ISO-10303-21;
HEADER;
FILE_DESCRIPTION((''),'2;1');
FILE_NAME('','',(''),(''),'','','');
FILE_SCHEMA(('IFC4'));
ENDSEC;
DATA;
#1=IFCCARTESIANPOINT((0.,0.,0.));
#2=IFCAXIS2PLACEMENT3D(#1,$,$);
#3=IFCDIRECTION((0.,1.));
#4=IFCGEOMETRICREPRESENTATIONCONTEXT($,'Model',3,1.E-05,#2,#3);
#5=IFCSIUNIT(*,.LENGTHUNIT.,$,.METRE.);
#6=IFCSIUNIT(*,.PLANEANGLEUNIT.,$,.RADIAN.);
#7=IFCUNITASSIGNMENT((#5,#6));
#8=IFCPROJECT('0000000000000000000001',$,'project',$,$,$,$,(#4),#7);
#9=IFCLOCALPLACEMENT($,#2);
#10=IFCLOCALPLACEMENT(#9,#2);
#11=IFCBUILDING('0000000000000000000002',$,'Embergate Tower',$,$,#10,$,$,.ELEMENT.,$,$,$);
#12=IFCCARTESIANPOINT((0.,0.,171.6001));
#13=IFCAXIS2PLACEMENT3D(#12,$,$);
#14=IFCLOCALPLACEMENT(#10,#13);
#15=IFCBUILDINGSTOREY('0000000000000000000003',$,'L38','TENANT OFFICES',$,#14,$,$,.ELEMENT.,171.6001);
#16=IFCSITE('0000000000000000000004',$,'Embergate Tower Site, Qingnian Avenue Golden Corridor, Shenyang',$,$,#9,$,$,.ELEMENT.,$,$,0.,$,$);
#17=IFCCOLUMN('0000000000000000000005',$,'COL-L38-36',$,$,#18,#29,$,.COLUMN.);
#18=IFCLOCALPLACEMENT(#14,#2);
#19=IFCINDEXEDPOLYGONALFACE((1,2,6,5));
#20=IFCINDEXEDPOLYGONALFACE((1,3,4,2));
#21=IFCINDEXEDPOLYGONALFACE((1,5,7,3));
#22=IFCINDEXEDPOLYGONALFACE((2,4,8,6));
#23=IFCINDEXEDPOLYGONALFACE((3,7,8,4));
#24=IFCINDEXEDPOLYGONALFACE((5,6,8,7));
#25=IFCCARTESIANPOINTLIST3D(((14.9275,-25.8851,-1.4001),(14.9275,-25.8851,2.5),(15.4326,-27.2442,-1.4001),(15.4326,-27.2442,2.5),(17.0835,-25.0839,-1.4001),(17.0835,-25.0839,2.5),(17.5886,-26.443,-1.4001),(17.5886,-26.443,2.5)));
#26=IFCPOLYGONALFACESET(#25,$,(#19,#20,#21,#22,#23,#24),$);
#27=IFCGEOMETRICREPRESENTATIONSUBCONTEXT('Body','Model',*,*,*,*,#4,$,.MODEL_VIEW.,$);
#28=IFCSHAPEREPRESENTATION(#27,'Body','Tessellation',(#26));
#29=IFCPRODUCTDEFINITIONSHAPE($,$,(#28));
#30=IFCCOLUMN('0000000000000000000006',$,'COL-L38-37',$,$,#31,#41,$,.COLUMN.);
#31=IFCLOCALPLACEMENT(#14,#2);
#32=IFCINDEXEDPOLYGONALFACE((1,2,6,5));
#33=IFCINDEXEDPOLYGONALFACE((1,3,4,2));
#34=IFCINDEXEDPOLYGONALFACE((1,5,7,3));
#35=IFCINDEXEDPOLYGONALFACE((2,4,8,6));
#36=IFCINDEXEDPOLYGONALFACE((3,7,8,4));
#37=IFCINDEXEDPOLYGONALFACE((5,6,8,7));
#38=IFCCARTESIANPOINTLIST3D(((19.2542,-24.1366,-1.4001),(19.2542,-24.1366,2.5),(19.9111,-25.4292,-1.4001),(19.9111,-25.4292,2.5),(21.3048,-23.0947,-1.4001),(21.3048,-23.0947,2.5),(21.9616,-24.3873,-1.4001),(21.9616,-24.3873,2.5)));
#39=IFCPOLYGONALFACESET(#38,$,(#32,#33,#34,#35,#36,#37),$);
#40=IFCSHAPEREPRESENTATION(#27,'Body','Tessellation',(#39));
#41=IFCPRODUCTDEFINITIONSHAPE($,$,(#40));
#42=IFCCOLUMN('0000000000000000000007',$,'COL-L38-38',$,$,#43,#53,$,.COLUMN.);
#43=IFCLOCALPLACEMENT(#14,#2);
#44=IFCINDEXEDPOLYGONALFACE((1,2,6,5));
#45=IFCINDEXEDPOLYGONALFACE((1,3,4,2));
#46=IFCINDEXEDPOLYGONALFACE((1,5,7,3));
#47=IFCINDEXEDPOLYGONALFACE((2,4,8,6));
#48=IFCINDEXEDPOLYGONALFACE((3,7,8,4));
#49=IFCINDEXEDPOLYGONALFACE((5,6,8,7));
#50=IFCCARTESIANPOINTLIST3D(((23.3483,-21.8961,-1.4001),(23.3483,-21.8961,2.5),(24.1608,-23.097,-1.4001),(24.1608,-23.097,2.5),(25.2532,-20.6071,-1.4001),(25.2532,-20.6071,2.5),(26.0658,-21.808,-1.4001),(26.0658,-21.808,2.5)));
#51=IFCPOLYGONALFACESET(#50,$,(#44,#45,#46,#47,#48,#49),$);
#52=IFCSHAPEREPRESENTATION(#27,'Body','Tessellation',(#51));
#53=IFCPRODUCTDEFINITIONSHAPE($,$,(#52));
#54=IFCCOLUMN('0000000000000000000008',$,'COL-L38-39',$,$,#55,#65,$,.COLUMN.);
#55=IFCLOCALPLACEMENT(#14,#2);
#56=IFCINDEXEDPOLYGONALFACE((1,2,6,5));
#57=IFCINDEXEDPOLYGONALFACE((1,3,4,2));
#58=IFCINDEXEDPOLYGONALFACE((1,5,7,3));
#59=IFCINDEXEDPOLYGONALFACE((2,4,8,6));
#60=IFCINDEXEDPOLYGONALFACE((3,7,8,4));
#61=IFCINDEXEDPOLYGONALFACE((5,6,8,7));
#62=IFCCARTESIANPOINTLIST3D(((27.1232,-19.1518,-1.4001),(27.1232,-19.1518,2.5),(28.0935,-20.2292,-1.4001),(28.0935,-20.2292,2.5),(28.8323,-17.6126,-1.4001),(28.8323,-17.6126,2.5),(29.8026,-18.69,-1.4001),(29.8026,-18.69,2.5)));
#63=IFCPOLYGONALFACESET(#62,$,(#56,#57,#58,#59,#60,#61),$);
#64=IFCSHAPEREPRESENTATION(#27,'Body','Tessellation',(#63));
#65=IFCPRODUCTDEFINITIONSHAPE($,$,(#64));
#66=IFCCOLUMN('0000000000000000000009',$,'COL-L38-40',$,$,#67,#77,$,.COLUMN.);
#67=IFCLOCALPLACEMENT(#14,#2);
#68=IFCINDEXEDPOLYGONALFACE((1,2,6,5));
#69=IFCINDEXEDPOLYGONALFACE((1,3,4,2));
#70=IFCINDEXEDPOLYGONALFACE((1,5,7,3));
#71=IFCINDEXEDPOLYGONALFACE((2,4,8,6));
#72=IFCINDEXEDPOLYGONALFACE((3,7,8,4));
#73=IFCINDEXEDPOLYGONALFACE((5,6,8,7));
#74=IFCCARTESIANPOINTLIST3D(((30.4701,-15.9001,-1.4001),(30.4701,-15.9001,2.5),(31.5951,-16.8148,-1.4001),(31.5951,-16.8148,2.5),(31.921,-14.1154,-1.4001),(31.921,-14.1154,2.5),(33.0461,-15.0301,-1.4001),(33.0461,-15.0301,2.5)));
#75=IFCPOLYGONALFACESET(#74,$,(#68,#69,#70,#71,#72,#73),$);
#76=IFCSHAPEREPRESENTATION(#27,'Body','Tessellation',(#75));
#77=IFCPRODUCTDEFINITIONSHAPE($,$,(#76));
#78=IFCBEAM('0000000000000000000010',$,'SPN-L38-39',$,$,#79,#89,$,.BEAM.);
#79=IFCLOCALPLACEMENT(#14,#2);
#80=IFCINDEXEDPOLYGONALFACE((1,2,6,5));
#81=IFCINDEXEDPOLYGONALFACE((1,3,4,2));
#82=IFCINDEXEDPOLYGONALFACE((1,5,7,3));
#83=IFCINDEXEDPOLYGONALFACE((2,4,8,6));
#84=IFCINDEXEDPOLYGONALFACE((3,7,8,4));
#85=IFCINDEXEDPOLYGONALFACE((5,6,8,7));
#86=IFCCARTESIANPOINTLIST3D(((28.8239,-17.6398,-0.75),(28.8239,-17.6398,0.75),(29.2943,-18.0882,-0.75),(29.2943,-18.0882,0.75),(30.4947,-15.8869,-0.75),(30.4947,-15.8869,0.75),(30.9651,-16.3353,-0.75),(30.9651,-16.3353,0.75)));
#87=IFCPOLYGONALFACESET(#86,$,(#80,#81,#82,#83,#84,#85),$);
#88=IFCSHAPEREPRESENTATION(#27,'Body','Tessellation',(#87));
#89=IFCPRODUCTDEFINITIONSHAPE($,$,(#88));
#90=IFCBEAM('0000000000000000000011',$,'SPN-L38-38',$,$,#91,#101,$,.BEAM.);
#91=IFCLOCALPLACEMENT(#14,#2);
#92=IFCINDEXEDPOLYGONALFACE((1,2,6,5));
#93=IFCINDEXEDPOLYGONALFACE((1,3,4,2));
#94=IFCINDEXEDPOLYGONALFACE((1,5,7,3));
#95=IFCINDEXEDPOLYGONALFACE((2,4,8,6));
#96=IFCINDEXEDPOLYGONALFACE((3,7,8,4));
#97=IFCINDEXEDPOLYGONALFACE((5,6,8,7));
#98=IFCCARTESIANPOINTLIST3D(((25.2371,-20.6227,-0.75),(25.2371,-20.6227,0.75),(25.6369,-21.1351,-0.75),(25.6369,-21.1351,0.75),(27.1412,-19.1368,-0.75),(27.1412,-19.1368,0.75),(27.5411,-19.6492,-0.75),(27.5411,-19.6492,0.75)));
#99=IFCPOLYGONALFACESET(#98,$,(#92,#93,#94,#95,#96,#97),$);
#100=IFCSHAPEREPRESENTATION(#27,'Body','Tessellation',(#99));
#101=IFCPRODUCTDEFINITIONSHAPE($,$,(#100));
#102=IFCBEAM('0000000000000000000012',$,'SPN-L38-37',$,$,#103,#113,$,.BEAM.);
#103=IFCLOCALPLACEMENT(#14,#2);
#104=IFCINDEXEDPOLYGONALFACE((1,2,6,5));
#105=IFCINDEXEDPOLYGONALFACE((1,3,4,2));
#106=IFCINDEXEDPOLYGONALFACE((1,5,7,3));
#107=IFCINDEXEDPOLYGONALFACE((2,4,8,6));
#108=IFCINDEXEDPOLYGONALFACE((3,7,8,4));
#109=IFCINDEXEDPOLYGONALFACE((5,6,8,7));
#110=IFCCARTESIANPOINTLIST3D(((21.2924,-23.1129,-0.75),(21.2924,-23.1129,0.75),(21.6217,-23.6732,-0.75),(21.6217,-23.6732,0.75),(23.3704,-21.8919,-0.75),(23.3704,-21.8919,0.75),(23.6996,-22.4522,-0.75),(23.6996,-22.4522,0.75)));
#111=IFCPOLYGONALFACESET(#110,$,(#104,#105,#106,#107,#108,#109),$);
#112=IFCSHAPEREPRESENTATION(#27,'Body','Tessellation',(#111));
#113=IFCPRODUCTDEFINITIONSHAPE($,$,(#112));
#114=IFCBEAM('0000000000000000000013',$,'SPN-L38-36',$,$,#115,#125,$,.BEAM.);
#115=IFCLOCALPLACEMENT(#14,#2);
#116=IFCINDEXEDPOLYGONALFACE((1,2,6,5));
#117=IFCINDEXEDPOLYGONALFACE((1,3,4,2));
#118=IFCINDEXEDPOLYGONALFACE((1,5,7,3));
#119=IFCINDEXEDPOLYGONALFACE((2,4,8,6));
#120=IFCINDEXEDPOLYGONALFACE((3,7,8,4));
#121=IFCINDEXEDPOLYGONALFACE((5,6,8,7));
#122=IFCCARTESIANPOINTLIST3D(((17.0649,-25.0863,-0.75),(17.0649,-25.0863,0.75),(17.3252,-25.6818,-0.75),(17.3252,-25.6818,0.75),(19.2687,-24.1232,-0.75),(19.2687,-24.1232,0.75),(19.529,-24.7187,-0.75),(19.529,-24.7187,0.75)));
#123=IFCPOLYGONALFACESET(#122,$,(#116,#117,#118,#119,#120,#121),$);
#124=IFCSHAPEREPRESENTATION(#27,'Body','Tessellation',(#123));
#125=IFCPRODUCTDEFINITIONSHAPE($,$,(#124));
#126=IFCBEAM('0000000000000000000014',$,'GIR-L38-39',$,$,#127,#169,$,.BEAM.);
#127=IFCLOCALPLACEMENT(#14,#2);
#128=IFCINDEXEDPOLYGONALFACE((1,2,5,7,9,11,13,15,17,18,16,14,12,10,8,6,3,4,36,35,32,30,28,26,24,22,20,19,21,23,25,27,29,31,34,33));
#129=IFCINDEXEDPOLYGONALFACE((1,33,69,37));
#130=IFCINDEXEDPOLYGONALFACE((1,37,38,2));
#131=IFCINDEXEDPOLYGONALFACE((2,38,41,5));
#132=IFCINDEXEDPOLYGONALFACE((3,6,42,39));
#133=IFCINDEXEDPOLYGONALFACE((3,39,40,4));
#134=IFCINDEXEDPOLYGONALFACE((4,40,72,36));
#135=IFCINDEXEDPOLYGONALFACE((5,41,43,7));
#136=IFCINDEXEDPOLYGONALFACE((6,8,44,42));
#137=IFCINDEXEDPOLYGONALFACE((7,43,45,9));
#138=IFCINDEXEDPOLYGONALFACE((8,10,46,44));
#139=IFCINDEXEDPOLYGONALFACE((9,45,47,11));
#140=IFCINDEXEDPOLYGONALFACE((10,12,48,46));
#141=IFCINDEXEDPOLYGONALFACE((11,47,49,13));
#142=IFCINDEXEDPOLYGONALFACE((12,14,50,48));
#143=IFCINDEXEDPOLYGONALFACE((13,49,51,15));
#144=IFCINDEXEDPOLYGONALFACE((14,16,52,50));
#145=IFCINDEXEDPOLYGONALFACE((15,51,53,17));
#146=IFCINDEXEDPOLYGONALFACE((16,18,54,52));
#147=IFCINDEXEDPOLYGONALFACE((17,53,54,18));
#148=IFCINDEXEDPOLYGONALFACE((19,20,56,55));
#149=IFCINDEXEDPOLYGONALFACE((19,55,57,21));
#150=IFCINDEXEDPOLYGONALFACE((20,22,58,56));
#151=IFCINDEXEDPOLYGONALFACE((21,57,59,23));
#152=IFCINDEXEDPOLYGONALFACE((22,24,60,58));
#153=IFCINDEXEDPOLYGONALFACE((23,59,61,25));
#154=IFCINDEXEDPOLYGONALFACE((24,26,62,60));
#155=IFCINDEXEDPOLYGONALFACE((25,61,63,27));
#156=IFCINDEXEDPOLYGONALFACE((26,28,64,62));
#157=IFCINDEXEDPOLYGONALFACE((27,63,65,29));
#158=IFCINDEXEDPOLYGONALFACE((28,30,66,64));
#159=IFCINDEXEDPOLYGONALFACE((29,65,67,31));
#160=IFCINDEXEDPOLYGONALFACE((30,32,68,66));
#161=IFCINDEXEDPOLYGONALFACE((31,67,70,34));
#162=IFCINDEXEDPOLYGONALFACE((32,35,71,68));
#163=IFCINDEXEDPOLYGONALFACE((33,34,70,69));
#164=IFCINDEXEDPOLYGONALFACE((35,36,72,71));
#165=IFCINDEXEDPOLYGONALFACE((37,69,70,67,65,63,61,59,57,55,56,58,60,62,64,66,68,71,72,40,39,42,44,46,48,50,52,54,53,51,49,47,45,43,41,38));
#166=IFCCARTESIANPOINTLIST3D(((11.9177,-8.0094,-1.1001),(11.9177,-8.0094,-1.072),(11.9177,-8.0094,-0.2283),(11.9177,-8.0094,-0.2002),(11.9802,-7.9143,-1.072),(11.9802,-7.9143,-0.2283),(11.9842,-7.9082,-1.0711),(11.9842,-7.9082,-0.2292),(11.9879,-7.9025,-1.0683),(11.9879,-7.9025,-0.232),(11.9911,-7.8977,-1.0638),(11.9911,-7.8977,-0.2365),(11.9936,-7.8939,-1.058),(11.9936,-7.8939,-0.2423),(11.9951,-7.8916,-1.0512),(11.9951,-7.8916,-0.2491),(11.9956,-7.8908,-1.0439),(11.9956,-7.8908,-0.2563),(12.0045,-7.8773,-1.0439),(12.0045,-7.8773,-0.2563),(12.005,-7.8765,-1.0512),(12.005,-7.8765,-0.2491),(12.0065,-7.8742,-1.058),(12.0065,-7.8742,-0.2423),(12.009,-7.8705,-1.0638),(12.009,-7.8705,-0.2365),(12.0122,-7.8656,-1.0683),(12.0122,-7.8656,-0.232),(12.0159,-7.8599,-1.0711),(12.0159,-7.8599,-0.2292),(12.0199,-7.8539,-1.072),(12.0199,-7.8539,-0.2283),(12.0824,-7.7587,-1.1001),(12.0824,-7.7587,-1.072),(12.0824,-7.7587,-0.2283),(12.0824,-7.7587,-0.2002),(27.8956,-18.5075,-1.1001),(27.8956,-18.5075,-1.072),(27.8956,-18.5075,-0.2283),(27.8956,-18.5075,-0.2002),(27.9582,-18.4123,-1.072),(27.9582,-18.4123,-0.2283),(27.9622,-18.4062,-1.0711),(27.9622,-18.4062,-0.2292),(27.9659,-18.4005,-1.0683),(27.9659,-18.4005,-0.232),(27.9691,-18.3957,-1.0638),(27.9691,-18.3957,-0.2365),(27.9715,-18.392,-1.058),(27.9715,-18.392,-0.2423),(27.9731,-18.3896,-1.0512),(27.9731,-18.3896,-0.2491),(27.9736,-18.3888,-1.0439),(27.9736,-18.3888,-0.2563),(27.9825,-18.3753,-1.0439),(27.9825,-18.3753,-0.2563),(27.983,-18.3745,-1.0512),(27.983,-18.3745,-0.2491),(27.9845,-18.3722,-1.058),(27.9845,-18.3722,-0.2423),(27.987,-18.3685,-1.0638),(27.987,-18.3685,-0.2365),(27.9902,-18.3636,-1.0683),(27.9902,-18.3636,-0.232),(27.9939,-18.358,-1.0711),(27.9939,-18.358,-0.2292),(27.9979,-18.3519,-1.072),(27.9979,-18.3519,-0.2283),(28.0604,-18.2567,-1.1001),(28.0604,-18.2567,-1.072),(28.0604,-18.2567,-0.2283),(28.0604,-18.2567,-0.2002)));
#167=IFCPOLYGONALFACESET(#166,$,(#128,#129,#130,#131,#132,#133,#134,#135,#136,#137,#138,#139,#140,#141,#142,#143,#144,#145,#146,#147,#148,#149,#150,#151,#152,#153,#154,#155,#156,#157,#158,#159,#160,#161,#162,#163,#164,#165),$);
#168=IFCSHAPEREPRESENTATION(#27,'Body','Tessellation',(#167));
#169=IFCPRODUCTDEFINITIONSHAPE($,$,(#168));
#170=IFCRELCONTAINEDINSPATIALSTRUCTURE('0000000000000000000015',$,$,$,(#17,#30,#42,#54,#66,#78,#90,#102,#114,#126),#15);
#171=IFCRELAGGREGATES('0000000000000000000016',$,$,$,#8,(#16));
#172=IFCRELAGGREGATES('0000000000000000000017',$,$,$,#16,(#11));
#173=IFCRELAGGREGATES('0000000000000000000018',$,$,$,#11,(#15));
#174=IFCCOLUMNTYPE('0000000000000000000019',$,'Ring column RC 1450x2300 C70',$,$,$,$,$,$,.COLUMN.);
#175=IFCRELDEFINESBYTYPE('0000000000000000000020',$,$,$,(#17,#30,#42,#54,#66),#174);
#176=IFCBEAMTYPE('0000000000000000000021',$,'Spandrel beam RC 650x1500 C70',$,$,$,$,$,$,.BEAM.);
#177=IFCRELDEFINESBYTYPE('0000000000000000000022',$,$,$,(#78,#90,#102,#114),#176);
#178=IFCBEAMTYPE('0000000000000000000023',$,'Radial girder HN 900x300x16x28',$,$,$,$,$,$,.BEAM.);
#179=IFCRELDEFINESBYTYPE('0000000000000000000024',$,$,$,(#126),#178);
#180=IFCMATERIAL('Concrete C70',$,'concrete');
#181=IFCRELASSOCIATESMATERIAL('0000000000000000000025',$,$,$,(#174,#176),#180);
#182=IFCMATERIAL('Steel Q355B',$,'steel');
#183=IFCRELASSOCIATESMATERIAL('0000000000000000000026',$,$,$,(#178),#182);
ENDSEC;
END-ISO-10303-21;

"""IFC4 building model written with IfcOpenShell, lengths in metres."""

from ifc_helpers import new_model, si_unit, direction, frame, origin, origin_2d, place, context, subcontext, project, spatial, rectangle, i_section, extrude, source, transform, mapped, material, material_profile, profile_set, type_object, element, save


model = new_model("IFC4")

# Units and contexts
model_context = context("Model", 3, precision=1e-05, world=origin(), true_north=direction((0.0, 1.0)))
body_context = subcontext(model_context, "Body", "Model", "MODEL_VIEW")
ifc_project = project(units=[si_unit("LENGTHUNIT", "METRE"), si_unit("PLANEANGLEUNIT", "RADIAN")], contexts=[model_context])

# Site, building, storey
site_placement = place(None, origin())
site = spatial("IfcSite", under=ifc_project, at=site_placement, Name="Embergate Tower Site, Qingnian Avenue Golden Corridor, Shenyang", CompositionType="ELEMENT", RefElevation=0.0)
building_placement = place(site_placement, origin())
building = spatial("IfcBuilding", under=site, at=building_placement, Name="Embergate Tower", CompositionType="ELEMENT")
storey_placement = place(building_placement, frame((0.0, 0.0, 171.6001)))
storey = spatial("IfcBuildingStorey", under=building, at=storey_placement, Name="L38", Description="TENANT OFFICES", CompositionType="ELEMENT", Elevation=171.6001)

# Columns
ifc_material_1 = material(Name="Concrete C70", Category="concrete")
ifc_material_profile_1 = material_profile(ifc_material_1, rectangle(XDim=1.45, YDim=2.3, at=origin_2d()), Name="RC 1450x2300")
ifc_profile_set_1 = profile_set([ifc_material_profile_1], Name="Concrete C70")
column_type = type_object("IfcColumnType", Name="Ring column RC 1450x2300 C70", PredefinedType="COLUMN", material=ifc_profile_set_1)
shared_shape_1 = source(origin(), body_context, "Body", "SweptSolid", [
    extrude(rectangle(XDim=1.45, YDim=2.3, at=origin_2d()), origin(), (0.0, 0.0, 1.0), 3.9001),
])
for number, where, z_axis, x_axis, name in (
    (1, (16.2581, -26.1641, -1.4001), (0.0, 0.0, 1.0), (0.348343, -0.937367, 0.0), "COL-L38-36"),
    (2, (20.6079, -24.262, -1.4001), (0.0, 0.0, 1.0), (0.452995, -0.891513, 0.0), "COL-L38-37"),
    (3, (24.707, -21.8521, -1.4001), (0.0, 0.0, 1.0), (0.560393, -0.828227, 0.0), "COL-L38-38"),
    (4, (28.4629, -18.9209, -1.4001), (0.0, 0.0, 1.0), (0.669208, -0.743075, 0.0), "COL-L38-39"),
    (5, (31.7581, -15.4651, -1.4001), (0.0, 0.0, 1.0), (0.775914, -0.630838, 0.0), "COL-L38-40"),
):
    element("IfcColumn", number, at=place(storey_placement, frame(where, z_axis=z_axis, x_axis=x_axis)), inside=storey, type_object=column_type, Name=name, PredefinedType="COLUMN", context=body_context, shape_type="MappedRepresentation", body=[
        mapped(shared_shape_1, transform((0.0, 0.0, 0.0))),
    ])

# Beams
ifc_material_profile_2 = material_profile(ifc_material_1, rectangle(XDim=0.6499, YDim=1.5, at=origin_2d()), Name="RC 650x1500")
ifc_profile_set_2 = profile_set([ifc_material_profile_2], Name="Concrete C70")
beam_type_1 = type_object("IfcBeamType", Name="Spandrel beam RC 650x1500 C70", PredefinedType="BEAM", material=ifc_profile_set_2)
shared_shape_2 = source(origin(), body_context, "Body", "SweptSolid", [
    extrude(rectangle(XDim=0.6499, YDim=1.5, at=origin_2d()), origin(), (0.0, 0.0, 1.0), 2.4216),
])
beam_1_placement = place(storey_placement, frame((29.0591, -17.864, 0.0), z_axis=(0.689967, 0.723841, 0.0), x_axis=(-0.723841, 0.689967, 0.0)))
element("IfcBeam", 6, at=beam_1_placement, inside=storey, type_object=beam_type_1, Name="SPN-L38-39", PredefinedType="BEAM", context=body_context, shape_type="MappedRepresentation", body=[
    mapped(shared_shape_2, transform((0.0, 0.0, 0.0))),
])
shared_shape_3 = source(origin(), body_context, "Body", "SweptSolid", [
    extrude(rectangle(XDim=0.6499, YDim=1.5, at=origin_2d()), origin(), (0.0, 0.0, 1.0), 2.4153),
])
beam_2_placement = place(storey_placement, frame((25.437, -20.8789, 0.0), z_axis=(0.788366, 0.615207, 0.0), x_axis=(-0.615207, 0.788366, 0.0)))
element("IfcBeam", 7, at=beam_2_placement, inside=storey, type_object=beam_type_1, Name="SPN-L38-38", PredefinedType="BEAM", context=body_context, shape_type="MappedRepresentation", body=[
    mapped(shared_shape_3, transform((0.0, 0.0, 0.0))),
])
shared_shape_4 = source(origin(), body_context, "Body", "SweptSolid", [
    extrude(rectangle(XDim=0.6499, YDim=1.5, at=origin_2d()), origin(), (0.0, 0.0, 1.0), 2.4102),
])
beam_3_placement = place(storey_placement, frame((21.457, -23.3931, 0.0), z_axis=(0.862176, 0.506608, 0.0), x_axis=(-0.506608, 0.862176, 0.0)))
element("IfcBeam", 8, at=beam_3_placement, inside=storey, type_object=beam_type_1, Name="SPN-L38-37", PredefinedType="BEAM", context=body_context, shape_type="MappedRepresentation", body=[
    mapped(shared_shape_4, transform((0.0, 0.0, 0.0))),
])
shared_shape_5 = source(origin(), body_context, "Body", "SweptSolid", [
    extrude(rectangle(XDim=0.6499, YDim=1.5, at=origin_2d()), origin(), (0.0, 0.0, 1.0), 2.405),
])
beam_4_placement = place(storey_placement, frame((17.1951, -25.384, 0.0), z_axis=(0.916318, 0.400451, 0.0), x_axis=(-0.400451, 0.916318, 0.0)))
element("IfcBeam", 9, at=beam_4_placement, inside=storey, type_object=beam_type_1, Name="SPN-L38-36", PredefinedType="BEAM", context=body_context, shape_type="MappedRepresentation", body=[
    mapped(shared_shape_5, transform((0.0, 0.0, 0.0))),
])
ifc_material_2 = material(Name="Steel Q355B", Category="steel")
ifc_material_profile_3 = material_profile(ifc_material_2, i_section(OverallWidth=0.3, OverallDepth=0.8999, WebThickness=0.0161, FlangeThickness=0.0281, FilletRadius=0.0281, at=origin_2d()), Name="HN 900x300x16x28")
ifc_profile_set_3 = profile_set([ifc_material_profile_3], Name="Steel Q355 grade B")
beam_type_2 = type_object("IfcBeamType", Name="Radial girder HN 900x300x16x28", PredefinedType="BEAM", material=ifc_profile_set_3)
shared_shape_6 = source(origin(), body_context, "Body", "SweptSolid", [
    extrude(i_section(OverallWidth=0.3, OverallDepth=0.8999, WebThickness=0.0161, FlangeThickness=0.0281, FilletRadius=0.0281, at=origin_2d()), origin(), (0.0, 0.0, 1.0), 19.1182),
])
beam_5_placement = place(storey_placement, frame((27.978, -18.3821, -0.6501), z_axis=(-0.835749, 0.549112, 0.0), x_axis=(-0.549112, -0.835749, 0.0)))
element("IfcBeam", 10, at=beam_5_placement, inside=storey, type_object=beam_type_2, Name="GIR-L38-39", PredefinedType="BEAM", context=body_context, shape_type="MappedRepresentation", body=[
    mapped(shared_shape_6, transform((0.0, 0.0, 0.0))),
])

save(model, "model.ifc")
